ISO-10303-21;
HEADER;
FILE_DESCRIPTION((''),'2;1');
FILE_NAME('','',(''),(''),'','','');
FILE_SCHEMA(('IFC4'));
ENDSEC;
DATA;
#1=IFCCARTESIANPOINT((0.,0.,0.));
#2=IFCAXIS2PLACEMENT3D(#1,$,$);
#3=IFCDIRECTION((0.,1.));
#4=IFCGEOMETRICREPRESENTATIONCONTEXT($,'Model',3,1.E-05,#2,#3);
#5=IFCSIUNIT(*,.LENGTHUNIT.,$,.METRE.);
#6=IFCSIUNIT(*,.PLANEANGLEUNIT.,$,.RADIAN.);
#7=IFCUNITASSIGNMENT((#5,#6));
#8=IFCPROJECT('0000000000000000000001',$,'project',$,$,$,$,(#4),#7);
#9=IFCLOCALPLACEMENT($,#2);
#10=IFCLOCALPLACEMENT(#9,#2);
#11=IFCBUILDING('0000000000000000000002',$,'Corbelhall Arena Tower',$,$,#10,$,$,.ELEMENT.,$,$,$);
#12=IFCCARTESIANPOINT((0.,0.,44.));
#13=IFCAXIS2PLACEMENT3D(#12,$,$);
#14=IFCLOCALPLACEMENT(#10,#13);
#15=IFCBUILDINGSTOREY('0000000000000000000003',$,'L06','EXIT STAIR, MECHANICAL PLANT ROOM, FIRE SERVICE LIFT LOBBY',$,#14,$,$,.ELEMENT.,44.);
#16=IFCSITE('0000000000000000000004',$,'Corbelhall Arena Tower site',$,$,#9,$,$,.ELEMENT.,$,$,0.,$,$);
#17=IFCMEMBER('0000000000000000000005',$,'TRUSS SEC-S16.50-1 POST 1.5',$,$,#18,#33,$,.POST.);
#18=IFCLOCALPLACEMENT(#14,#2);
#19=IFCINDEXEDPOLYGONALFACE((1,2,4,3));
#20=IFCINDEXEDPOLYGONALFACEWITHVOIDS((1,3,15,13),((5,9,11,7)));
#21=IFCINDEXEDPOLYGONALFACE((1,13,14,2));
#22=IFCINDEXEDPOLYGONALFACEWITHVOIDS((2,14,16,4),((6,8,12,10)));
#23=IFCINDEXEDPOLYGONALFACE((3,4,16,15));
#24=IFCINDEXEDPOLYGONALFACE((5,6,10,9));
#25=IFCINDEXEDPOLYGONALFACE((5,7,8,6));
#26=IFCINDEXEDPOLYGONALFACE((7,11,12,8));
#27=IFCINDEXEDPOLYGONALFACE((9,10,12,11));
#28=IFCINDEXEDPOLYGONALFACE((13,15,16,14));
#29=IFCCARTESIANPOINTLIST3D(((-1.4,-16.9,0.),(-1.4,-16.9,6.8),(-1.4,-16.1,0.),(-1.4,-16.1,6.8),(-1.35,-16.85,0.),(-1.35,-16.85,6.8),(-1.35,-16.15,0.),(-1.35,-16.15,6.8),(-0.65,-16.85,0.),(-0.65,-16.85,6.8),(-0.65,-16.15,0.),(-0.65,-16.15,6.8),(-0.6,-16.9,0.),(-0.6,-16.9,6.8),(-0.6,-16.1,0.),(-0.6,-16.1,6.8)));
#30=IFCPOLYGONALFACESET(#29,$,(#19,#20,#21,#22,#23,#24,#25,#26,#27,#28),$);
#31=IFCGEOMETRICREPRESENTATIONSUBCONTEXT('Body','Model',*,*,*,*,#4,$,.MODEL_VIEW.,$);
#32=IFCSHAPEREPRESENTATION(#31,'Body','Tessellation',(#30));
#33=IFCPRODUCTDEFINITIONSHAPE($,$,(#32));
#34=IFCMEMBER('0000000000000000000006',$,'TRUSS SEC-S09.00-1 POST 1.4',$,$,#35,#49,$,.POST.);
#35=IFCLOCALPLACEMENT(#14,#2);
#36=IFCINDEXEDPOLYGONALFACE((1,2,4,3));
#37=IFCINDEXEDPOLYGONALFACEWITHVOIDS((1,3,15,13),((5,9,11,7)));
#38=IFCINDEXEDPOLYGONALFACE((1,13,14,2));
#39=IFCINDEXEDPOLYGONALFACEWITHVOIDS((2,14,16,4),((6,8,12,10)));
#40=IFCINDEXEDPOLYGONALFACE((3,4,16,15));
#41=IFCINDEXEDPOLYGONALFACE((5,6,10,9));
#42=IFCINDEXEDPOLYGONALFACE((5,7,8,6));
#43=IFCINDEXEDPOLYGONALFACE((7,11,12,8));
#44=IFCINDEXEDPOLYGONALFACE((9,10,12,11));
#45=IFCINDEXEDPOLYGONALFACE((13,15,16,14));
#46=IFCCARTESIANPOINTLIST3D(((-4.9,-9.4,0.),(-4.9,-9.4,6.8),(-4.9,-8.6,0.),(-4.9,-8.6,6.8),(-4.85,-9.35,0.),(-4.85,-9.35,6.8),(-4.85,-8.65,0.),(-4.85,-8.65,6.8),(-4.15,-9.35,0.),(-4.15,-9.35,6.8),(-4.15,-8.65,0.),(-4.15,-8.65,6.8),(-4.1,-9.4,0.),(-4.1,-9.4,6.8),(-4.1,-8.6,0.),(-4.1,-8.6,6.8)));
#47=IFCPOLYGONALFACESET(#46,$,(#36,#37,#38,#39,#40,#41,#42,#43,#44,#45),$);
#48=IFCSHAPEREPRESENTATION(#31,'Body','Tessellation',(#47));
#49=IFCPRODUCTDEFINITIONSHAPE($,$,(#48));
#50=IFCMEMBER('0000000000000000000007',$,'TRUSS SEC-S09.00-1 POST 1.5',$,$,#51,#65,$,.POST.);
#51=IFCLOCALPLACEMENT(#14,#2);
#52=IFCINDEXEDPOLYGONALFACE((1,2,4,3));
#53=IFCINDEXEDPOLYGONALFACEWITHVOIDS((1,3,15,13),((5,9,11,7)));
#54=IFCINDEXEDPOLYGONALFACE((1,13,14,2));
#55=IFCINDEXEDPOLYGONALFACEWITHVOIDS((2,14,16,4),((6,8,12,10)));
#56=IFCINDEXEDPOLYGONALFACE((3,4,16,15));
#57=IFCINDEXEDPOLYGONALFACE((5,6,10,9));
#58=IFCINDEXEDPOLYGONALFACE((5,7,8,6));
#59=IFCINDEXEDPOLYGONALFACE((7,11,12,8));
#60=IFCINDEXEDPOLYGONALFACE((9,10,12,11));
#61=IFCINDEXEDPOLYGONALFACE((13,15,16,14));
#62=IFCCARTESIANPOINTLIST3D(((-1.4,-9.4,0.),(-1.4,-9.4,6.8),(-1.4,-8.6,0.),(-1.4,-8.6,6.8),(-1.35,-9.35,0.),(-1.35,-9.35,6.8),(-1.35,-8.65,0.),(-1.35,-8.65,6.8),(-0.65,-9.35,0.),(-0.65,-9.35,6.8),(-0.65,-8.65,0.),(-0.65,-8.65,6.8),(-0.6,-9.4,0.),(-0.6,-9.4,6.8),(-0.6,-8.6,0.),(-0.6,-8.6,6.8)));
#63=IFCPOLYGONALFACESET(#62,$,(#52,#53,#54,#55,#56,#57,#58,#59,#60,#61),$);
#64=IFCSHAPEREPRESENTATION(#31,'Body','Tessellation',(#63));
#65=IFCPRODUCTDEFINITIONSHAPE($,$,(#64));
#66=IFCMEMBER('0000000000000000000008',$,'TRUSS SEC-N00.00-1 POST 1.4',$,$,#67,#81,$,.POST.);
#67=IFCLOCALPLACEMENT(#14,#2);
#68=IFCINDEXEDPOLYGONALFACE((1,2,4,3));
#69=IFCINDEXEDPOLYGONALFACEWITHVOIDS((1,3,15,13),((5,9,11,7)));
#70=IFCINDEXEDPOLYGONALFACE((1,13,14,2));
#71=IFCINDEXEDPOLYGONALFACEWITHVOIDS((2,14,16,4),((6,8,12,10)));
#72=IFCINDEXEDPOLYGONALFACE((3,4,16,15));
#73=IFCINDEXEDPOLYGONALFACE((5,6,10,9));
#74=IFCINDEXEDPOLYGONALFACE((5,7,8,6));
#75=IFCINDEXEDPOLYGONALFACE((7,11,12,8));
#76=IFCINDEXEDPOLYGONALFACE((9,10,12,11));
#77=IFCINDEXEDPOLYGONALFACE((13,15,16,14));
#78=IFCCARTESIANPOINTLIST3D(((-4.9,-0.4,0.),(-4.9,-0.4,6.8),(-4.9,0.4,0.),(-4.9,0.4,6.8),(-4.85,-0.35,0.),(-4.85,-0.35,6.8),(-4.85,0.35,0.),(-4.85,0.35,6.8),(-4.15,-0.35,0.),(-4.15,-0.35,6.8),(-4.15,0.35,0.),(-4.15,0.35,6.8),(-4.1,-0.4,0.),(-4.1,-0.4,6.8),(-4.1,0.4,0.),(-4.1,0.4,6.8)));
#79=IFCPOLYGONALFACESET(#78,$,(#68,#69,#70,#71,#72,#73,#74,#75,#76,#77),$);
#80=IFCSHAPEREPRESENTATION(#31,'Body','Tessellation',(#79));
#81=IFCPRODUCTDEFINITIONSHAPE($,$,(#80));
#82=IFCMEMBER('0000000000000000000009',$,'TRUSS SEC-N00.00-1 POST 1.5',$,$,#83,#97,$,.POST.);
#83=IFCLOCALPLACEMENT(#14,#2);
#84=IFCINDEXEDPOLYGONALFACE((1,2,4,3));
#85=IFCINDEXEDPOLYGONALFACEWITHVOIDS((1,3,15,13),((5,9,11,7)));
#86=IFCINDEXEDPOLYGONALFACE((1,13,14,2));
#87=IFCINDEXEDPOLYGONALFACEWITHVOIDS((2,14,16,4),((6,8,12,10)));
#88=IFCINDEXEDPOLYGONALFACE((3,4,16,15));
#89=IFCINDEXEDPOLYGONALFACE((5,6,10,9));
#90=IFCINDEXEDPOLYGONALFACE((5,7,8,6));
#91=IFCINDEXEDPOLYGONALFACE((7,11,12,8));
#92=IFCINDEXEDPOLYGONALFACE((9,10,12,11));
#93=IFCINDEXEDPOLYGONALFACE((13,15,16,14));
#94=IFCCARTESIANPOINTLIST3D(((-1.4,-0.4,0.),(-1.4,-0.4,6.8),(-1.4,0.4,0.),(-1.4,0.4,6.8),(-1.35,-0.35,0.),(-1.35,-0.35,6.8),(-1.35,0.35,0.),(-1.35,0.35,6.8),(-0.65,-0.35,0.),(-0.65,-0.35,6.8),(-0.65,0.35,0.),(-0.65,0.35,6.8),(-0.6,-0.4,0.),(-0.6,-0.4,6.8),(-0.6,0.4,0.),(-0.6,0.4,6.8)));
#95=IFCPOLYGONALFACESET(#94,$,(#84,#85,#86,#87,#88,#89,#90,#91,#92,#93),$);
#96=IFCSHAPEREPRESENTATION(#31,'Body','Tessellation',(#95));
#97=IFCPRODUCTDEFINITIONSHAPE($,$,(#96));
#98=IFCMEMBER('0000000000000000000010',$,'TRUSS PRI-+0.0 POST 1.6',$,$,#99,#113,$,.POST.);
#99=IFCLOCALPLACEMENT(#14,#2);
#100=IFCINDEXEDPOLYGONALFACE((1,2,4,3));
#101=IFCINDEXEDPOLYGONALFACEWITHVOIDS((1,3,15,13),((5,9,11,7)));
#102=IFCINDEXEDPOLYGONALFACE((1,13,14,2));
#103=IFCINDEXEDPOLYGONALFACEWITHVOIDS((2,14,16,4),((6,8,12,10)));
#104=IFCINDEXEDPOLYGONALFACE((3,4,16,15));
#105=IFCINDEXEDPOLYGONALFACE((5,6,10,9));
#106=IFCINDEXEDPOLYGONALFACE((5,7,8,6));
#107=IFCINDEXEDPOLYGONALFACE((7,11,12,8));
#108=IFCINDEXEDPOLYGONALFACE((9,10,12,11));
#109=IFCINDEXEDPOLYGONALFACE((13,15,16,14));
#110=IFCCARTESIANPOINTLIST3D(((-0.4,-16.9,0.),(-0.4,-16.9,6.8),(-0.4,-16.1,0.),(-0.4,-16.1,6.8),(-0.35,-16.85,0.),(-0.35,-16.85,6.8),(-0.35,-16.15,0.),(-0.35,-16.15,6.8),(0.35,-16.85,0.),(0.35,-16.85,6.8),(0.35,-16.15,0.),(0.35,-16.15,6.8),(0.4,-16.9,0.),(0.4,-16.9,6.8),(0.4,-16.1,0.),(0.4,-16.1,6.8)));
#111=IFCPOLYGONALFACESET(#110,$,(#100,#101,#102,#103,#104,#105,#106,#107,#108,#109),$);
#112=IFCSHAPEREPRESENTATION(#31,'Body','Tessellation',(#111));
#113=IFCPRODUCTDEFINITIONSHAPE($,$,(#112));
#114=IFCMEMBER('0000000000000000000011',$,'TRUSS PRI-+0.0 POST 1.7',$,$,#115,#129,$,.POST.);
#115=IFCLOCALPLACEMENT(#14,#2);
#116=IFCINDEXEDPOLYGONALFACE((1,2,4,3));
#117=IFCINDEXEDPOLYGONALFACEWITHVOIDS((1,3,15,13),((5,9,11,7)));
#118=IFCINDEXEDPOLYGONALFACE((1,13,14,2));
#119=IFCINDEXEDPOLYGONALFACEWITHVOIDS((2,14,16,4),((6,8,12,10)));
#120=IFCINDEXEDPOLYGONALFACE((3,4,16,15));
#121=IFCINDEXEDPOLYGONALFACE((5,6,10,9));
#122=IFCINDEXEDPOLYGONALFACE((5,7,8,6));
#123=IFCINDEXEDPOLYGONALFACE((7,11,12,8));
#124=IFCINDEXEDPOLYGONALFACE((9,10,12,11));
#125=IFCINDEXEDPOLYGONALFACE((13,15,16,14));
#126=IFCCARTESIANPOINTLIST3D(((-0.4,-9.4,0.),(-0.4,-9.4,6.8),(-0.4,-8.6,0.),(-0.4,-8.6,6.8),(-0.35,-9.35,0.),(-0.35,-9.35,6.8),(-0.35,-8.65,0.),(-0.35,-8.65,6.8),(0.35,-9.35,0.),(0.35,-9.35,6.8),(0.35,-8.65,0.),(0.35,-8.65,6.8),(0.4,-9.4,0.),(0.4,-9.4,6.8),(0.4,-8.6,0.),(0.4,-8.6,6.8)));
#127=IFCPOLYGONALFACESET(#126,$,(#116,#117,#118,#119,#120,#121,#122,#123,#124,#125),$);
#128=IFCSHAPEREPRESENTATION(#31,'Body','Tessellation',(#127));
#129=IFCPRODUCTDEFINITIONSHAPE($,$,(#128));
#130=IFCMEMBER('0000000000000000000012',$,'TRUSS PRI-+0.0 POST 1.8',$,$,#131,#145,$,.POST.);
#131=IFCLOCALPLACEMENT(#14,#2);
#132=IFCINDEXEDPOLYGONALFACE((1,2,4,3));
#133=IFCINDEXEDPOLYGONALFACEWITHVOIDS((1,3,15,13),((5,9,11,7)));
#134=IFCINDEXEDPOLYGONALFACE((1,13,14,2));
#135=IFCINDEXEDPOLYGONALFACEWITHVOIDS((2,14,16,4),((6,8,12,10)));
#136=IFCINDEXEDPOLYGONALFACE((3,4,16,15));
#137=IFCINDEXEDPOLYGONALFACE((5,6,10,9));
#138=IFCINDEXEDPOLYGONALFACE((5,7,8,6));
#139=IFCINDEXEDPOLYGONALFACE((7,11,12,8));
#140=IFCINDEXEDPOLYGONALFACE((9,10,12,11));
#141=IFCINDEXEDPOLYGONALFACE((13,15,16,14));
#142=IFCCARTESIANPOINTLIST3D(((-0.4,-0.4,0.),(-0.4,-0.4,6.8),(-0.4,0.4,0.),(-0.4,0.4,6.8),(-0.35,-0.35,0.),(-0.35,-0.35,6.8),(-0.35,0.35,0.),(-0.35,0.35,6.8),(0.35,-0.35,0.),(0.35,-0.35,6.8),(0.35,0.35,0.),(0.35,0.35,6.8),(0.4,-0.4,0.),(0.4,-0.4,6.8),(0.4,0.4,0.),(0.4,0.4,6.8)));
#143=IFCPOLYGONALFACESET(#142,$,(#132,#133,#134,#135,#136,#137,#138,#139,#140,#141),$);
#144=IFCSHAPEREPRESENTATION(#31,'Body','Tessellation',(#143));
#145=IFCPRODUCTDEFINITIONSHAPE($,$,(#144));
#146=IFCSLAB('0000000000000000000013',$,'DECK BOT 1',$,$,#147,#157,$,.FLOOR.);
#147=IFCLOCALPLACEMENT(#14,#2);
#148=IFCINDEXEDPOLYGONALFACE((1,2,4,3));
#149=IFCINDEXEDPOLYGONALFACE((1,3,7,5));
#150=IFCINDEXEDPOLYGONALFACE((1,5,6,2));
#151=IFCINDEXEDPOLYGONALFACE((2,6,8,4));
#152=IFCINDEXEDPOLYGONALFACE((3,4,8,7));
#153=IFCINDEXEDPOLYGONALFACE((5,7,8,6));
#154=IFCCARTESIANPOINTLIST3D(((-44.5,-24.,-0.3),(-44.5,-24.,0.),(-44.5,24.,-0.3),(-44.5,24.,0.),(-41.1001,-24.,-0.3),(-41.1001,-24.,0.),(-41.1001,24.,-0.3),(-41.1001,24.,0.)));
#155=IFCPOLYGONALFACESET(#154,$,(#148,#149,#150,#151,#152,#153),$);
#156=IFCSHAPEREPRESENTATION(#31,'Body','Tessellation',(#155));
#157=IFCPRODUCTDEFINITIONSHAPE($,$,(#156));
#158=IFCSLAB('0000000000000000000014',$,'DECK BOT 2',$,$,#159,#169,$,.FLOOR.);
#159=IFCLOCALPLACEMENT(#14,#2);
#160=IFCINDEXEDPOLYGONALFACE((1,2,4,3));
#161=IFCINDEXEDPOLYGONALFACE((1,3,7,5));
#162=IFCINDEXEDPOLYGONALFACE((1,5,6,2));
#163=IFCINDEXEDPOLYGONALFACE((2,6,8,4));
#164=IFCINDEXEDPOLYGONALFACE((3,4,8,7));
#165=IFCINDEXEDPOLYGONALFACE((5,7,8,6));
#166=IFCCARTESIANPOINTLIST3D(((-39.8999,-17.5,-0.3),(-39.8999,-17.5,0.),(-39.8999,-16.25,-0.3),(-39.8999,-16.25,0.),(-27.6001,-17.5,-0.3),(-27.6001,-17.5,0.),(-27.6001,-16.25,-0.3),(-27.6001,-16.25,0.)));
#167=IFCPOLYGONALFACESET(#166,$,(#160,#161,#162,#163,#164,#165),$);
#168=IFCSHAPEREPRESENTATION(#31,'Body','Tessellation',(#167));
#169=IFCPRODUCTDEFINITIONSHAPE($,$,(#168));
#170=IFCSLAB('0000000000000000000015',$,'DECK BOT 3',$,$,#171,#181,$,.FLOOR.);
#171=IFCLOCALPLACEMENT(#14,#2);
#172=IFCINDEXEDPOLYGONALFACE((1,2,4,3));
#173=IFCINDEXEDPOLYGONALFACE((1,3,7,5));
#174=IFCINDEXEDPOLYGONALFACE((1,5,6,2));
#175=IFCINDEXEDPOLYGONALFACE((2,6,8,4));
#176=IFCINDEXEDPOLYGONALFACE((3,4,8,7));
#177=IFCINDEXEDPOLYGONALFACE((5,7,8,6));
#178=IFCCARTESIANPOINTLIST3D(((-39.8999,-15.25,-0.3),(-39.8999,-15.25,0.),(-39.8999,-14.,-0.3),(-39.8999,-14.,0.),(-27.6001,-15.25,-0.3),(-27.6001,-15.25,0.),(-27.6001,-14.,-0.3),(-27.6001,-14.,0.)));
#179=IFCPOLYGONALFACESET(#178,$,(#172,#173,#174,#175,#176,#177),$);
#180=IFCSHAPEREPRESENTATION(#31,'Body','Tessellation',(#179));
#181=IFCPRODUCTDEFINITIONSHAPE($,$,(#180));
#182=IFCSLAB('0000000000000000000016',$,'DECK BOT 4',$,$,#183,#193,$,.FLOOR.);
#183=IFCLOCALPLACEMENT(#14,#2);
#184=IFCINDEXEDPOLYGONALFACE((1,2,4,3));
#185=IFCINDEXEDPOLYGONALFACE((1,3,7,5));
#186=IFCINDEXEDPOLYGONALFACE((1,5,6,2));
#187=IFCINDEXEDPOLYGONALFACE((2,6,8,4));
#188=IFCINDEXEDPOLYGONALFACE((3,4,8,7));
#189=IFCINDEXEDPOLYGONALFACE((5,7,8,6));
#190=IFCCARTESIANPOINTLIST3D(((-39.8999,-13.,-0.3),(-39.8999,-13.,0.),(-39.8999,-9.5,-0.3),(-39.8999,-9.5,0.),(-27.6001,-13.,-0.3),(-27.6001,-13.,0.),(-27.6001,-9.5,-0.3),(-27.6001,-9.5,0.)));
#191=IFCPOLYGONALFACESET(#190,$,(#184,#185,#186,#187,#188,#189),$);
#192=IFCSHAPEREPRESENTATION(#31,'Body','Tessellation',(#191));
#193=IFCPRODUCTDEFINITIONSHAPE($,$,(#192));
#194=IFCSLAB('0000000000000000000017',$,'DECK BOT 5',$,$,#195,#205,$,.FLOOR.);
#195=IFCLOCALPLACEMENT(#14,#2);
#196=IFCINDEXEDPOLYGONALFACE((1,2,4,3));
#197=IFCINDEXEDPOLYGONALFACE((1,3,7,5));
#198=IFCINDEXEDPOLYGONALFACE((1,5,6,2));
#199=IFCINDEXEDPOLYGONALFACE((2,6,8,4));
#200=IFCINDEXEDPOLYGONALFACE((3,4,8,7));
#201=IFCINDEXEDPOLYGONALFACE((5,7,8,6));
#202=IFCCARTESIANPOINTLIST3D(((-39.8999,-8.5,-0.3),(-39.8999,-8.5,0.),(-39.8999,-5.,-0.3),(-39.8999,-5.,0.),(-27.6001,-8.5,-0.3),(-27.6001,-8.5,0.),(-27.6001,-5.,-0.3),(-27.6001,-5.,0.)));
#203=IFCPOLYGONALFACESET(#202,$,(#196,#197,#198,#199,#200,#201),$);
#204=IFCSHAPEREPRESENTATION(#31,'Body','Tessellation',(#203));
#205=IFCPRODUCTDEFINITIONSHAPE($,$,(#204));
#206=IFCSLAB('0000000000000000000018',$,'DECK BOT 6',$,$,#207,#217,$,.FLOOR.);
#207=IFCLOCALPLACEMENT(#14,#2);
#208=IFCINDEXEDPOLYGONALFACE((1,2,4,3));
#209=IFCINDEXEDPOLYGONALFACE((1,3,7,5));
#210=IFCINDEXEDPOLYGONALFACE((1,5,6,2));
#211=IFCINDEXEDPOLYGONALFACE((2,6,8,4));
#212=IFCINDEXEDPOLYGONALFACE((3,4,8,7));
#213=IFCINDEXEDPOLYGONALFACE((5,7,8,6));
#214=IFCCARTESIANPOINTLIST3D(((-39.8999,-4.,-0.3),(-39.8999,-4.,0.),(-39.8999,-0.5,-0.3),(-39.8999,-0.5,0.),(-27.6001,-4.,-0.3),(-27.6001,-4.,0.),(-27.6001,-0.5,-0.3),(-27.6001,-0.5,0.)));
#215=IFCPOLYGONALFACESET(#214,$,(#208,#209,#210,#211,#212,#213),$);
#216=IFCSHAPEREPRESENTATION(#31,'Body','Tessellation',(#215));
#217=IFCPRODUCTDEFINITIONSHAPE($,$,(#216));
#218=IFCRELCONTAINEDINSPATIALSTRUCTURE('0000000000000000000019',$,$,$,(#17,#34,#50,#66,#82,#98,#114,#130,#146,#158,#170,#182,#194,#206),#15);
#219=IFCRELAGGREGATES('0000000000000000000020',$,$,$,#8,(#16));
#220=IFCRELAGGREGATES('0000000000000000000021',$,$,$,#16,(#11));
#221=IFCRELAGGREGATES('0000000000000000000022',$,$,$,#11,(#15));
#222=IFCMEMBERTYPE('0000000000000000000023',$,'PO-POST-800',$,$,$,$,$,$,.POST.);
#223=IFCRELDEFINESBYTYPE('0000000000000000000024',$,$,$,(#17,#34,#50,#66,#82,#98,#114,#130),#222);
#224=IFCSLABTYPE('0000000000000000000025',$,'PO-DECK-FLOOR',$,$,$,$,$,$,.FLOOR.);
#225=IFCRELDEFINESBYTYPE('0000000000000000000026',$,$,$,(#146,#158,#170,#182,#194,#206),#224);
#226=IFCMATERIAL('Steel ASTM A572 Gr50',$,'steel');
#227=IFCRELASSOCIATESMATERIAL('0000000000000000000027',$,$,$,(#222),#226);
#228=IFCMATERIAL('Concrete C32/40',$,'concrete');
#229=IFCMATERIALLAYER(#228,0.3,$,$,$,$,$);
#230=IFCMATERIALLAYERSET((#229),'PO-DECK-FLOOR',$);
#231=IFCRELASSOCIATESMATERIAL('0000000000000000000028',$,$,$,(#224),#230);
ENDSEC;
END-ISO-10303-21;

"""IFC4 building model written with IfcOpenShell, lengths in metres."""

from ifc_helpers import new_model, si_unit, direction, frame, origin, origin_2d, place, context, subcontext, project, spatial, polyline, hollow_rectangle, outline, extrude, material, layer, layer_set, material_profile, profile_set, type_object, element, save


model = new_model("IFC4")

# Units and contexts
model_context = context("Model", 3, precision=1e-05, world=origin(), true_north=direction((0.0, 1.0)))
body_context = subcontext(model_context, "Body", "Model", "MODEL_VIEW")
ifc_project = project(units=[si_unit("LENGTHUNIT", "METRE"), si_unit("PLANEANGLEUNIT", "RADIAN")], contexts=[model_context])

# Site, building, storey
site_placement = place(None, origin())
site = spatial("IfcSite", under=ifc_project, at=site_placement, Name="Corbelhall Arena Tower site", CompositionType="ELEMENT", RefElevation=0.0)
building_placement = place(site_placement, origin())
building = spatial("IfcBuilding", under=site, at=building_placement, Name="Corbelhall Arena Tower", CompositionType="ELEMENT")
storey_placement = place(building_placement, frame((0.0, 0.0, 44.0)))
storey = spatial("IfcBuildingStorey", under=building, at=storey_placement, Name="L06", Description="EXIT STAIR, MECHANICAL PLANT ROOM, FIRE SERVICE LIFT LOBBY", CompositionType="ELEMENT", Elevation=44.0)

# Members
ifc_material_1 = material(Name="Steel ASTM A572 Gr50", Category="steel")
ifc_material_profile_1 = material_profile(ifc_material_1, hollow_rectangle(XDim=0.8, YDim=0.8, WallThickness=0.05, at=origin_2d()))
ifc_profile_set_1 = profile_set([ifc_material_profile_1], Name="Steel ASTM A572 Gr50")
member_type_1 = type_object("IfcMemberType", Name="PO-POST-800", PredefinedType="POST", material=ifc_profile_set_1)
for number, where, z_axis, x_axis, name in (
    (1, (-1.0, -16.5, 0.0), (0.0, 0.0, 1.0), (1.0, 0.0, 0.0), "TRUSS SEC-S16.50-1 POST 1.5"),
    (2, (-4.5, -9.0, 0.0), (0.0, 0.0, 1.0), (1.0, 0.0, 0.0), "TRUSS SEC-S09.00-1 POST 1.4"),
    (3, (-1.0, -9.0, 0.0), (0.0, 0.0, 1.0), (1.0, 0.0, 0.0), "TRUSS SEC-S09.00-1 POST 1.5"),
    (4, (-4.5, 0.0, 0.0), (0.0, 0.0, 1.0), (1.0, 0.0, 0.0), "TRUSS SEC-N00.00-1 POST 1.4"),
    (5, (-1.0, 0.0, 0.0), (0.0, 0.0, 1.0), (1.0, 0.0, 0.0), "TRUSS SEC-N00.00-1 POST 1.5"),
    (6, (0.0, -16.5, 0.0), (0.0, 0.0, 1.0), (1.0, 0.0, 0.0), "TRUSS PRI-+0.0 POST 1.6"),
    (7, (0.0, -9.0, 0.0), (0.0, 0.0, 1.0), (1.0, 0.0, 0.0), "TRUSS PRI-+0.0 POST 1.7"),
    (8, (0.0, 0.0, 0.0), (0.0, 0.0, 1.0), (1.0, 0.0, 0.0), "TRUSS PRI-+0.0 POST 1.8"),
):
    element("IfcMember", number, at=place(storey_placement, frame(where, z_axis=z_axis, x_axis=x_axis)), inside=storey, type_object=member_type_1, Name=name, PredefinedType="POST", context=body_context, shape_type="SweptSolid", body=[
        extrude(hollow_rectangle(XDim=0.8, YDim=0.8, WallThickness=0.05, at=origin_2d()), origin(), (0.0, 0.0, 1.0), 6.8),
    ])

# Slabs
ifc_material_2 = material(Name="Concrete C32/40", Category="concrete")
ifc_layer = layer(ifc_material_2, 0.3)
ifc_layer_set = layer_set([ifc_layer], Name="PO-DECK-FLOOR")
slab_type = type_object("IfcSlabType", Name="PO-DECK-FLOOR", PredefinedType="FLOOR", material=ifc_layer_set)
slab_1_placement = place(storey_placement, frame((0.0, 0.0, -0.3)))
element("IfcSlab", 9, at=slab_1_placement, inside=storey, type_object=slab_type, Name="DECK BOT 1", PredefinedType="FLOOR", context=body_context, shape_type="SweptSolid", body=[
    extrude(outline(polyline([(-44.5, -24.0), (-44.5, 24.0), (-41.1001, 24.0), (-41.1001, -24.0), (-44.5, -24.0)])), origin(), (0.0, 0.0, 1.0), 0.3),
])
slab_2_placement = place(storey_placement, frame((0.0, 0.0, -0.3)))
element("IfcSlab", 10, at=slab_2_placement, inside=storey, type_object=slab_type, Name="DECK BOT 2", PredefinedType="FLOOR", context=body_context, shape_type="SweptSolid", body=[
    extrude(outline(polyline([(-27.6001, -16.25), (-27.6001, -17.5), (-39.8999, -17.5), (-39.8999, -16.25), (-27.6001, -16.25)])), origin(), (0.0, 0.0, 1.0), 0.3),
])
slab_3_placement = place(storey_placement, frame((0.0, 0.0, -0.3)))
element("IfcSlab", 11, at=slab_3_placement, inside=storey, type_object=slab_type, Name="DECK BOT 3", PredefinedType="FLOOR", context=body_context, shape_type="SweptSolid", body=[
    extrude(outline(polyline([(-27.6001, -14.0), (-27.6001, -15.25), (-39.8999, -15.25), (-39.8999, -14.0), (-27.6001, -14.0)])), origin(), (0.0, 0.0, 1.0), 0.3),
])
slab_4_placement = place(storey_placement, frame((0.0, 0.0, -0.3)))
element("IfcSlab", 12, at=slab_4_placement, inside=storey, type_object=slab_type, Name="DECK BOT 4", PredefinedType="FLOOR", context=body_context, shape_type="SweptSolid", body=[
    extrude(outline(polyline([(-27.6001, -9.5), (-27.6001, -13.0), (-39.8999, -13.0), (-39.8999, -9.5), (-27.6001, -9.5)])), origin(), (0.0, 0.0, 1.0), 0.3),
])
slab_5_placement = place(storey_placement, frame((0.0, 0.0, -0.3)))
element("IfcSlab", 13, at=slab_5_placement, inside=storey, type_object=slab_type, Name="DECK BOT 5", PredefinedType="FLOOR", context=body_context, shape_type="SweptSolid", body=[
    extrude(outline(polyline([(-27.6001, -5.0), (-27.6001, -8.5), (-39.8999, -8.5), (-39.8999, -5.0), (-27.6001, -5.0)])), origin(), (0.0, 0.0, 1.0), 0.3),
])
slab_6_placement = place(storey_placement, frame((0.0, 0.0, -0.3)))
element("IfcSlab", 14, at=slab_6_placement, inside=storey, type_object=slab_type, Name="DECK BOT 6", PredefinedType="FLOOR", context=body_context, shape_type="SweptSolid", body=[
    extrude(outline(polyline([(-27.6001, -0.5), (-27.6001, -4.0), (-39.8999, -4.0), (-39.8999, -0.5), (-27.6001, -0.5)])), origin(), (0.0, 0.0, 1.0), 0.3),
])

save(model, "model.ifc")
